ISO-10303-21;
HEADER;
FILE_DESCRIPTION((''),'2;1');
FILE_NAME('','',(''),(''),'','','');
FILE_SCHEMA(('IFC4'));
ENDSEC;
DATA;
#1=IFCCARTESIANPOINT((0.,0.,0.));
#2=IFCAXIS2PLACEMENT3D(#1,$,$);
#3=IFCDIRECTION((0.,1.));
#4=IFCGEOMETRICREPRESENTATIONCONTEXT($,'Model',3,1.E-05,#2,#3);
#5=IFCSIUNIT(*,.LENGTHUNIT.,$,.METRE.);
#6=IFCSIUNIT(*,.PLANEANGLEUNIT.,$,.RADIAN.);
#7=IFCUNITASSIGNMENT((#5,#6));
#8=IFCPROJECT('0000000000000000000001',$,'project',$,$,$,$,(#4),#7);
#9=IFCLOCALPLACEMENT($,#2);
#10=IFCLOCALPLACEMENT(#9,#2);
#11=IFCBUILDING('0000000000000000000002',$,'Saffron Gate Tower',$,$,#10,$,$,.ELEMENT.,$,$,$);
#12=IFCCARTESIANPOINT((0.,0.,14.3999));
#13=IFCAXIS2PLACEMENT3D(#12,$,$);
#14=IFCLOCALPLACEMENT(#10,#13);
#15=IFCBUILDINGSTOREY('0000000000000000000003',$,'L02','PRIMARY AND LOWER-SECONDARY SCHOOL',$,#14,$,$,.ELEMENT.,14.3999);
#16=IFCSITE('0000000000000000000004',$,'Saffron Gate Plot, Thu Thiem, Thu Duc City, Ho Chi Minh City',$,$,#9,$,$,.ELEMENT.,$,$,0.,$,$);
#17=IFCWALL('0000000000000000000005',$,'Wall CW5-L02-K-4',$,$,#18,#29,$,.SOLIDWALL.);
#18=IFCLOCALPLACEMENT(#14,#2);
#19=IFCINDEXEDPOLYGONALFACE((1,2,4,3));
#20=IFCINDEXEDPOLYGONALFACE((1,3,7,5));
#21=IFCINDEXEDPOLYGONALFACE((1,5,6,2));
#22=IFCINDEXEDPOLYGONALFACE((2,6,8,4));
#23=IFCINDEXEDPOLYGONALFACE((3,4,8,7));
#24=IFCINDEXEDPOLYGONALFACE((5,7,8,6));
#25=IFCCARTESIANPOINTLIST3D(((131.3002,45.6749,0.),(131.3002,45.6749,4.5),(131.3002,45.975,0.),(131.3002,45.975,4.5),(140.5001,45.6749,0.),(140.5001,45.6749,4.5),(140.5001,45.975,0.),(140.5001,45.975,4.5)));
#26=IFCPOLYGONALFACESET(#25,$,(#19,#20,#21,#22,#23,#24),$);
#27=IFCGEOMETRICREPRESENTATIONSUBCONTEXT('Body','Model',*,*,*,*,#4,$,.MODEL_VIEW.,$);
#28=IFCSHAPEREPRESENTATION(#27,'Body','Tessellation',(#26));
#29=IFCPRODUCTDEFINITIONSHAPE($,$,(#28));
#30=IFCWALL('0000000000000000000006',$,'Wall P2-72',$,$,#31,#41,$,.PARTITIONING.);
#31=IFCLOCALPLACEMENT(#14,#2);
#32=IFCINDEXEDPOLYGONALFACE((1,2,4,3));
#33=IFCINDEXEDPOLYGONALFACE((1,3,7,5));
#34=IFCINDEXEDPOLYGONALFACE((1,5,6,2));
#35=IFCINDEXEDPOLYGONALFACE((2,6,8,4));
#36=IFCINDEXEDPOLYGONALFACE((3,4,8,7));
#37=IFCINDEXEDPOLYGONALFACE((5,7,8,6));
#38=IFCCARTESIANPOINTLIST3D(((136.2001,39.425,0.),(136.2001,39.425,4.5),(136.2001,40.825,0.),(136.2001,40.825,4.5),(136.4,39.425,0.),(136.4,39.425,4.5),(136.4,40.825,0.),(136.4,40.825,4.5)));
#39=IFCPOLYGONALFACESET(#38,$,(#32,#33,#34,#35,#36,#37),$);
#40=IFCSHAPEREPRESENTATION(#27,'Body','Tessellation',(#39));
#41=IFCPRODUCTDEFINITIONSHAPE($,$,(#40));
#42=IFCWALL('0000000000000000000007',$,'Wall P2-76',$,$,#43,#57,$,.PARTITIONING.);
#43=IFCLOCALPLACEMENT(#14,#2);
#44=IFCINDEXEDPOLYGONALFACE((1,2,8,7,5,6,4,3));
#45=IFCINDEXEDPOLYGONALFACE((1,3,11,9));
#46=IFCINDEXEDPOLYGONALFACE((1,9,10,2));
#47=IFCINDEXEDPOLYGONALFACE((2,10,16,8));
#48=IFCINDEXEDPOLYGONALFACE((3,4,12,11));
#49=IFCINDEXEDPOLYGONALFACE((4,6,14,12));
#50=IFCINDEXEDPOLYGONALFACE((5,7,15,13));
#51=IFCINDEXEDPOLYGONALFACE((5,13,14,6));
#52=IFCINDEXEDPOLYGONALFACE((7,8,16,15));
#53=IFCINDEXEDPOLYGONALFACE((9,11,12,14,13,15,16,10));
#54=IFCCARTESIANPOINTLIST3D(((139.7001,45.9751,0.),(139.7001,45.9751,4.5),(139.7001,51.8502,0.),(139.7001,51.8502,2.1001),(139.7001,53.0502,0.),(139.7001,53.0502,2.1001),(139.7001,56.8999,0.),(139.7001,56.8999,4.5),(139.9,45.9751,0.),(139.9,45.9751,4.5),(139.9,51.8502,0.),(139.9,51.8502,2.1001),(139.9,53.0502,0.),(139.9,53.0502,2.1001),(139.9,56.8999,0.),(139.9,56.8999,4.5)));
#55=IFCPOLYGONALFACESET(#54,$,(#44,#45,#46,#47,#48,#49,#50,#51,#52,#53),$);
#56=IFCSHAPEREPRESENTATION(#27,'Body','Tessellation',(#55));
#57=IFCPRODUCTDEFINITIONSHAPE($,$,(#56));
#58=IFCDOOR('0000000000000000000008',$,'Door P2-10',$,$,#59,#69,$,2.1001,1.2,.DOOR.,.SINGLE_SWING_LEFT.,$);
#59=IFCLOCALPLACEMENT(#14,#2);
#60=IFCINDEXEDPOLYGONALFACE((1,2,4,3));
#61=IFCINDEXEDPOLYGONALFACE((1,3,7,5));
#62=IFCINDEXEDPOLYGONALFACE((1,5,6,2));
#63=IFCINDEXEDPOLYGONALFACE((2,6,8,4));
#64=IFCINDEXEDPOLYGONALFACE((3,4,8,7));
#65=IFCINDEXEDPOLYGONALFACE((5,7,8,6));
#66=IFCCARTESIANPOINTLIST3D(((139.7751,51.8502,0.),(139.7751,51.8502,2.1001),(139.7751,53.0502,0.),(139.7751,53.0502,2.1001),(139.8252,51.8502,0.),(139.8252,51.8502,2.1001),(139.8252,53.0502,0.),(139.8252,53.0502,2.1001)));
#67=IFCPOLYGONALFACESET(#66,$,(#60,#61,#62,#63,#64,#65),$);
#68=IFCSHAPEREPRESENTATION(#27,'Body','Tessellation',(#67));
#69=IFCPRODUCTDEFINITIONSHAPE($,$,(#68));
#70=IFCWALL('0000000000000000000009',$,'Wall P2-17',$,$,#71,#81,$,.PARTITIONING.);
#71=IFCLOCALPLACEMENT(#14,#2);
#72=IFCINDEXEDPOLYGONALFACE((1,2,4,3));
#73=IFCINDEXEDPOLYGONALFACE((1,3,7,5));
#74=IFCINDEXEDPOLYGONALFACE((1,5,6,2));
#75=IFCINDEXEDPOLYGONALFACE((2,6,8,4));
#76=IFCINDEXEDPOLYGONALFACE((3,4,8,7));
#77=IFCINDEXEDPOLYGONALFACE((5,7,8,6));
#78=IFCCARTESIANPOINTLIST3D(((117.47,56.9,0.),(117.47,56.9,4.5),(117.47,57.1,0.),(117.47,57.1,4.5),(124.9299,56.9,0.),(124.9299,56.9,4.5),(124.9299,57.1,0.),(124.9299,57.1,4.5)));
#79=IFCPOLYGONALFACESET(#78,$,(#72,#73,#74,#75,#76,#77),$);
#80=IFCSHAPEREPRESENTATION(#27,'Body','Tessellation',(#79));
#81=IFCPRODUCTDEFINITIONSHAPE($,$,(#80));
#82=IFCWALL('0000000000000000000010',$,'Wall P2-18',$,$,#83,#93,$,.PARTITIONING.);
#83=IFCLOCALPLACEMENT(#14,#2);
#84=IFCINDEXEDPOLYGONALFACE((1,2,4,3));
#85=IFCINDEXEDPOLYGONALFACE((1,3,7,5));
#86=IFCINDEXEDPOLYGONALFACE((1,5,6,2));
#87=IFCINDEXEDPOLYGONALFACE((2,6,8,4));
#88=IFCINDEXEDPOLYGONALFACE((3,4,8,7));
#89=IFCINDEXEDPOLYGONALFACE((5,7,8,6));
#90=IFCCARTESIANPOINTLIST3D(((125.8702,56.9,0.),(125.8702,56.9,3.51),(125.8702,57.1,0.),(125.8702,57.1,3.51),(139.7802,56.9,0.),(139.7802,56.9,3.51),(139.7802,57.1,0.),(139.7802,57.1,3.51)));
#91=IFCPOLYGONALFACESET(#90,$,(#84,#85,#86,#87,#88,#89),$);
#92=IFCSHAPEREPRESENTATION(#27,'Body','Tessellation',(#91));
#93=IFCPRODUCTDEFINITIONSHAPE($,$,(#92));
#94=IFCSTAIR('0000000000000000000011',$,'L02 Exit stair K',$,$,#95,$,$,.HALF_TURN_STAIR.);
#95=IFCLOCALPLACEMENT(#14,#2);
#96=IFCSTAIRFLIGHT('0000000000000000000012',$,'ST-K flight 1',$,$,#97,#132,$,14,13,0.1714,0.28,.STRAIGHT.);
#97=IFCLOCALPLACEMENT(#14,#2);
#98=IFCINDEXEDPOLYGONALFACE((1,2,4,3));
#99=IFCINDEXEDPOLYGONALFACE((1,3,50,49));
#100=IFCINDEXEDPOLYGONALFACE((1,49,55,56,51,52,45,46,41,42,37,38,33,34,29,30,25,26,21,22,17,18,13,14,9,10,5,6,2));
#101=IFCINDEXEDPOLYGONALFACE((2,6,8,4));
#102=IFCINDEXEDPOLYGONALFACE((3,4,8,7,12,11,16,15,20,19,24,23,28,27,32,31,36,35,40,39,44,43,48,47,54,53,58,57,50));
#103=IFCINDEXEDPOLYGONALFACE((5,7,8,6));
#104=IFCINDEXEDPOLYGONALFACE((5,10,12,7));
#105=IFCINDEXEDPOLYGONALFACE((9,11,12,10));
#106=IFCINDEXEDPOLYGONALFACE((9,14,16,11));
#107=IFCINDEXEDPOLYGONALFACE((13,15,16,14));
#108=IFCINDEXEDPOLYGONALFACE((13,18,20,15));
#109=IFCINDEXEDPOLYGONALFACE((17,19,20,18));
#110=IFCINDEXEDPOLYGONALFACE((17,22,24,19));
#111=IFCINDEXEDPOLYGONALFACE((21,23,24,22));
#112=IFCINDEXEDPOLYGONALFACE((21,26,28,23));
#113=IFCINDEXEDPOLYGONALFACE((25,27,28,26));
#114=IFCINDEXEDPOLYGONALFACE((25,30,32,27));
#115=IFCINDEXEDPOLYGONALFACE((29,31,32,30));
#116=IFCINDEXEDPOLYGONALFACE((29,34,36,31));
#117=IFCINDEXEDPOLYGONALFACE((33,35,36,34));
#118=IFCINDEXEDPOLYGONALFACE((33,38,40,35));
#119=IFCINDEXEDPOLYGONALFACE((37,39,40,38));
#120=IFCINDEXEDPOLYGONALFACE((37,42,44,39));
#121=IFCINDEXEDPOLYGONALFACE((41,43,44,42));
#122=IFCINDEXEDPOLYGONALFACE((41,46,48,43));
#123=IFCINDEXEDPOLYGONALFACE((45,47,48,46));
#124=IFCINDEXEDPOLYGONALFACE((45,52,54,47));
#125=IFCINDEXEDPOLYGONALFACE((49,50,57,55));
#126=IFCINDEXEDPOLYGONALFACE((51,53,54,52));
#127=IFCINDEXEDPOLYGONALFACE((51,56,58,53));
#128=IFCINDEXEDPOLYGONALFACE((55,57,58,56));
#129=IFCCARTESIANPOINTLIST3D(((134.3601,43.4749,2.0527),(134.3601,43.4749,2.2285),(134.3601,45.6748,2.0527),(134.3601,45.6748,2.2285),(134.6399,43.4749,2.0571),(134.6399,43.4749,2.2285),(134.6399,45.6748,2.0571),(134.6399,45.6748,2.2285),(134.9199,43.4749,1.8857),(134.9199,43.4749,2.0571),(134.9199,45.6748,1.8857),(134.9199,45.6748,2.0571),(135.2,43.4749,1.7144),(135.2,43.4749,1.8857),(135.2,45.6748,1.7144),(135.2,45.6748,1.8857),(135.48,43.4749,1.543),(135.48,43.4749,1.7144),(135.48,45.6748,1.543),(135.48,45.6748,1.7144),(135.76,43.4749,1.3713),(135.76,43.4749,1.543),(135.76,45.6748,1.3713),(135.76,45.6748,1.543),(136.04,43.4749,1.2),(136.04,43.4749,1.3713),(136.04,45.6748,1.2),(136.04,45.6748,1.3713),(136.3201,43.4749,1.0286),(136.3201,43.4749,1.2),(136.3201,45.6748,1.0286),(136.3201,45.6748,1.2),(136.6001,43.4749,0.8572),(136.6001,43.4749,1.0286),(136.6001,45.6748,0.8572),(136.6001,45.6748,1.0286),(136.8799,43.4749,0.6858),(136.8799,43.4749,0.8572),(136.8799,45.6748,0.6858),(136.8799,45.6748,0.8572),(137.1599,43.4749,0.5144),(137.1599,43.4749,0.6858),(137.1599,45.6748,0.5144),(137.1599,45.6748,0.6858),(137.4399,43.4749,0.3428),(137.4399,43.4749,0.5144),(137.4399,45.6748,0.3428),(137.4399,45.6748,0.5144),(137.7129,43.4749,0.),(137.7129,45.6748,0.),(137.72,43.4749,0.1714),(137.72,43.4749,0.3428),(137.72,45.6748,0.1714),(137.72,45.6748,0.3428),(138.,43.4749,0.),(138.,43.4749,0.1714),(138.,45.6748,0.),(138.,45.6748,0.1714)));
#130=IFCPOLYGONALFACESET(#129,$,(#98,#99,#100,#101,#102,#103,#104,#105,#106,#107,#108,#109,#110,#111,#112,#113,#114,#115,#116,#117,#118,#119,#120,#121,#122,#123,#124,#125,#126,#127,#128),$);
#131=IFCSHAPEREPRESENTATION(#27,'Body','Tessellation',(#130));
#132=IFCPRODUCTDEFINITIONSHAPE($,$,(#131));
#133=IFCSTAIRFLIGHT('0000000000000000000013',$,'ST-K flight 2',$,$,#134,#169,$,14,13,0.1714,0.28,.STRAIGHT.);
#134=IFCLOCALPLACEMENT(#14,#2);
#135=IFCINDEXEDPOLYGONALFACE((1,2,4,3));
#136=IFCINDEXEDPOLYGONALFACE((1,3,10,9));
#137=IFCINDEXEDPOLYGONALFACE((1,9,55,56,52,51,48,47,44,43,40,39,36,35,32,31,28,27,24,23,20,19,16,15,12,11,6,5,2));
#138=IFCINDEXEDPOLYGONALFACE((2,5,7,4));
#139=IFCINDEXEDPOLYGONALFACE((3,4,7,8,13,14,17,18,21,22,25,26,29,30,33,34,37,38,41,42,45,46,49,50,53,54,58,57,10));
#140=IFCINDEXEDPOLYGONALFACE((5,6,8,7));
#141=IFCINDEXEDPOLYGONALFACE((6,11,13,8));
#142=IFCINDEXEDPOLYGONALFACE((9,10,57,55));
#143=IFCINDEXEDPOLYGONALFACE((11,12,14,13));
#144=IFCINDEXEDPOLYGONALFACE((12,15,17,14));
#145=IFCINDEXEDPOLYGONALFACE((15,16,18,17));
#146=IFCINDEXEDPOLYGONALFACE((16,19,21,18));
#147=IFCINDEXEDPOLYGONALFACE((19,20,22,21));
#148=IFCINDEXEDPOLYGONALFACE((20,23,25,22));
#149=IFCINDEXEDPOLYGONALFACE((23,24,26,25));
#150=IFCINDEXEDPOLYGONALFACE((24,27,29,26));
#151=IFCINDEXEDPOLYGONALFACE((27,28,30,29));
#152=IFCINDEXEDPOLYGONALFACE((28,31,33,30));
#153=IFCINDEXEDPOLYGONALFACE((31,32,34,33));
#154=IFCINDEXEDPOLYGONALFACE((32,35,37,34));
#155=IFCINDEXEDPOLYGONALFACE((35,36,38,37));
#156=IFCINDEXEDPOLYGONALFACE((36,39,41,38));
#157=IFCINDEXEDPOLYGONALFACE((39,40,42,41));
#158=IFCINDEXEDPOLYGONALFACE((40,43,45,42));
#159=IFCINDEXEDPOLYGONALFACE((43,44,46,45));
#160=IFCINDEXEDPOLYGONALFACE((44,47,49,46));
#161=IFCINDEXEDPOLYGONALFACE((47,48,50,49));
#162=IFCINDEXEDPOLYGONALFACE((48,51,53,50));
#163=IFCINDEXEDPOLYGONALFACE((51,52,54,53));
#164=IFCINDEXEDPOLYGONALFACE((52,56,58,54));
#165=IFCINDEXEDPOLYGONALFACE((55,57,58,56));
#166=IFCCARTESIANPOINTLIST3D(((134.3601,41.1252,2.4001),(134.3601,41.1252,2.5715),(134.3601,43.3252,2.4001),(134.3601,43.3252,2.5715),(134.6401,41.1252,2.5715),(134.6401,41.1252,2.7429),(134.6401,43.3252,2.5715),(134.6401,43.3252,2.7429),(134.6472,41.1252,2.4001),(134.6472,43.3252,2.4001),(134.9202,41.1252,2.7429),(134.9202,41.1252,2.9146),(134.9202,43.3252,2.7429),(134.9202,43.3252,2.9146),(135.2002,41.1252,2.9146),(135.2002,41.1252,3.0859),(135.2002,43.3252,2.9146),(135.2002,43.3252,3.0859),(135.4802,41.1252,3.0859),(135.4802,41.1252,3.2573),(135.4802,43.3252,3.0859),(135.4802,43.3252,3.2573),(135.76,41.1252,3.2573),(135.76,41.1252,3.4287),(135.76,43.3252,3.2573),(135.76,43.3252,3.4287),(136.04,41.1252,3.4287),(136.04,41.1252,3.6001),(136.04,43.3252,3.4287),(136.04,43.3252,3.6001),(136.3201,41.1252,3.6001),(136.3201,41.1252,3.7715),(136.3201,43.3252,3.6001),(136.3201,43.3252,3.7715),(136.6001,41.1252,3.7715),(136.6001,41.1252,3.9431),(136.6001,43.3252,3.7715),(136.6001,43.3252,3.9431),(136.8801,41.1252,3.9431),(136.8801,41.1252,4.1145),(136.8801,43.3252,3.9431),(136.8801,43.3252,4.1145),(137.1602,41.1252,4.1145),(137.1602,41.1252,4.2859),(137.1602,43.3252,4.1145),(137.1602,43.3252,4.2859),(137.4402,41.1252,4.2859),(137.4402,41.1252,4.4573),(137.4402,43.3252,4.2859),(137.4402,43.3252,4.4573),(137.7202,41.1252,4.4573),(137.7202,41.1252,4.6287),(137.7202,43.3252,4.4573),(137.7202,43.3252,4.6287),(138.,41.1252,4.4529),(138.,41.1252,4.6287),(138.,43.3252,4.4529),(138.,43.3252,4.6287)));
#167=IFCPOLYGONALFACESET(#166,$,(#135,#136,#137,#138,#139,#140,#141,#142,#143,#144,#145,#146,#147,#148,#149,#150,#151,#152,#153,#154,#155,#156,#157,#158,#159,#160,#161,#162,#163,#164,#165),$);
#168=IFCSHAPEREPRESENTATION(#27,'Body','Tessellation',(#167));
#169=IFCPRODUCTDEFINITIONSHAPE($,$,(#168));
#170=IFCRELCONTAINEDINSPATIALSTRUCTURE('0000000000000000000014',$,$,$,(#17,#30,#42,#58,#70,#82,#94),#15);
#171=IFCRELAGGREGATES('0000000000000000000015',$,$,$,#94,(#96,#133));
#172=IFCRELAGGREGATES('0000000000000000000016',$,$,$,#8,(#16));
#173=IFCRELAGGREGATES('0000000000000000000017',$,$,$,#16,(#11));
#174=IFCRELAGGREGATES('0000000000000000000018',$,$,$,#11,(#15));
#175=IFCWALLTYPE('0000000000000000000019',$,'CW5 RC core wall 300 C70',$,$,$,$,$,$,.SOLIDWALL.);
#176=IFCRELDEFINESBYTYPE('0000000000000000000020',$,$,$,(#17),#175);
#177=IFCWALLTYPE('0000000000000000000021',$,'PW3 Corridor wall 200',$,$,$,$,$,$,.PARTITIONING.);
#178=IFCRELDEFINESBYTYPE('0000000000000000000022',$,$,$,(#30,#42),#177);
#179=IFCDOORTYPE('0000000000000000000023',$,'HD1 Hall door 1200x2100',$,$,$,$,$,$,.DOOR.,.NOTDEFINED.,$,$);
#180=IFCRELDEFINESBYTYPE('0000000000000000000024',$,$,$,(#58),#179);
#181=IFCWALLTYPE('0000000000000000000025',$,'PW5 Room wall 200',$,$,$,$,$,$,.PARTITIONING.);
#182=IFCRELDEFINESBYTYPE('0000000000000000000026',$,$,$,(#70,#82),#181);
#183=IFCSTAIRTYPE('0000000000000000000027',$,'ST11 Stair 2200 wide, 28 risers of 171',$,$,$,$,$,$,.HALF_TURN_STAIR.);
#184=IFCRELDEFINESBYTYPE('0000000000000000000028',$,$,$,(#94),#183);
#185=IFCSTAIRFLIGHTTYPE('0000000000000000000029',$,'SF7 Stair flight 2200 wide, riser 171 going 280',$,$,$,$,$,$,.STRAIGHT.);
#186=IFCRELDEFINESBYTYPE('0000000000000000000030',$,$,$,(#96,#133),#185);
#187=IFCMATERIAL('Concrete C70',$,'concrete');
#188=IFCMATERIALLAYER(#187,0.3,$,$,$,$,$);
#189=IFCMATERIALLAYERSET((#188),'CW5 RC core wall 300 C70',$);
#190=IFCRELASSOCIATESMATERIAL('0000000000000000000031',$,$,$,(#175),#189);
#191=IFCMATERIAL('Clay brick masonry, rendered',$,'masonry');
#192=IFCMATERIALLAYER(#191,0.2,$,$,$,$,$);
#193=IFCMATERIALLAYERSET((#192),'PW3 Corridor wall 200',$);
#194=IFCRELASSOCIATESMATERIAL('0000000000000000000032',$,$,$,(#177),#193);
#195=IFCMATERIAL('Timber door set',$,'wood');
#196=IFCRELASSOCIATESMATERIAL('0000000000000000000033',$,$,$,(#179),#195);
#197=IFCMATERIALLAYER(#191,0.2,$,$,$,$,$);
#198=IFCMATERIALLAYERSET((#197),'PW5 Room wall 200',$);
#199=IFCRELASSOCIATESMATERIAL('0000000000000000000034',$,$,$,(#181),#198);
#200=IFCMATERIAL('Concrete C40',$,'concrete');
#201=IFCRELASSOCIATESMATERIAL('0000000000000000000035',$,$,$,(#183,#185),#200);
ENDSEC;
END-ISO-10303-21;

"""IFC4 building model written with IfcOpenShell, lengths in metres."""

from ifc_helpers import new_model, si_unit, direction, frame, frame_2d, origin, place, context, subcontext, project, spatial, polyline, rectangle, outline, extrude, material, layer, layer_set, type_object, element, fill, aggregate, save


model = new_model("IFC4")

# Units and contexts
model_context = context("Model", 3, precision=1e-05, world=origin(), true_north=direction((0.0, 1.0)))
body_context = subcontext(model_context, "Body", "Model", "MODEL_VIEW")
ifc_project = project(units=[si_unit("LENGTHUNIT", "METRE"), si_unit("PLANEANGLEUNIT", "RADIAN")], contexts=[model_context])

# Site, building, storey
site_placement = place(None, origin())
site = spatial("IfcSite", under=ifc_project, at=site_placement, Name="Saffron Gate Plot, Thu Thiem, Thu Duc City, Ho Chi Minh City", CompositionType="ELEMENT", RefElevation=0.0)
building_placement = place(site_placement, origin())
building = spatial("IfcBuilding", under=site, at=building_placement, Name="Saffron Gate Tower", CompositionType="ELEMENT")
storey_placement = place(building_placement, frame((0.0, 0.0, 14.3999)))
storey = spatial("IfcBuildingStorey", under=building, at=storey_placement, Name="L02", Description="PRIMARY AND LOWER-SECONDARY SCHOOL", CompositionType="ELEMENT", Elevation=14.3999)

# Shared definitions
ifc_material_1 = material(Name="Concrete C70", Category="concrete")
ifc_layer_1 = layer(ifc_material_1, 0.3)
ifc_layer_set_1 = layer_set([ifc_layer_1], Name="CW5 RC core wall 300 C70")
wall_type_1 = type_object("IfcWallType", Name="CW5 RC core wall 300 C70", PredefinedType="SOLIDWALL", material=ifc_layer_set_1)

# Walls
wall_1_placement = place(storey_placement, frame((131.3, 45.825, 0.0), z_axis=(0.0, 0.0, 1.0), x_axis=(1.0, 0.0, 0.0)))
element("IfcWall", 1, at=wall_1_placement, inside=storey, type_object=wall_type_1, Name="Wall CW5-L02-K-4", PredefinedType="SOLIDWALL", context=body_context, shape_type="SweptSolid", body=[
    extrude(rectangle(XDim=9.2, YDim=0.3, at=frame_2d((4.6001, 0.0))), origin(), (0.0, 0.0, 1.0), 4.5),
])
ifc_material_2 = material(Name="Clay brick masonry, rendered", Category="masonry")
ifc_layer_2 = layer(ifc_material_2, 0.2)
ifc_layer_set_2 = layer_set([ifc_layer_2], Name="PW3 Corridor wall 200")
wall_type_2 = type_object("IfcWallType", Name="PW3 Corridor wall 200", PredefinedType="PARTITIONING", material=ifc_layer_set_2)
wall_2_placement = place(storey_placement, frame((136.3, 40.825, 0.0), z_axis=(0.0, 0.0, 1.0), x_axis=(0.0, -1.0, 0.0)))
element("IfcWall", 2, at=wall_2_placement, inside=storey, type_object=wall_type_2, Name="Wall P2-72", PredefinedType="PARTITIONING", context=body_context, shape_type="SweptSolid", body=[
    extrude(rectangle(XDim=1.3999, YDim=0.2, at=frame_2d((0.7, 0.0))), origin(), (0.0, 0.0, 1.0), 4.5),
])

# Wall, opening, door
wall_3_placement = place(storey_placement, frame((139.8, 45.9751, 0.0), z_axis=(0.0, 0.0, 1.0), x_axis=(0.0, 1.0, 0.0)))
wall_3 = element("IfcWall", 3, at=wall_3_placement, inside=storey, type_object=wall_type_2, Name="Wall P2-76", PredefinedType="PARTITIONING", context=body_context, shape_type="SweptSolid", body=[
    extrude(rectangle(XDim=10.9248, YDim=0.2, at=frame_2d((5.4624, 0.0))), origin(), (0.0, 0.0, 1.0), 4.5),
])
opening_1_placement = place(wall_3_placement, frame((5.875, 0.0, 0.0)))
opening_1 = element("IfcOpeningElement", 4, at=opening_1_placement, cuts=wall_3, PredefinedType="OPENING", context=body_context, shape_type="SweptSolid", body=[
    extrude(rectangle(XDim=1.2, YDim=2.1001, at=frame_2d((0.6001, 1.05))), frame((0.0, 0.1099, 0.0), z_axis=(0.0, -1.0, 0.0), x_axis=(1.0, 0.0, 0.0)), (0.0, 0.0, 1.0), 0.22),
])
ifc_material_3 = material(Name="Timber door set", Category="wood")
door_type_1 = type_object("IfcDoorType", Name="HD1 Hall door 1200x2100", OperationType="NOTDEFINED", PredefinedType="DOOR", material=ifc_material_3)
door_1_placement = place(opening_1_placement, origin())
door_1 = element("IfcDoor", 5, at=door_1_placement, inside=storey, type_object=door_type_1, Name="Door P2-10", OperationType="SINGLE_SWING_LEFT", OverallHeight=2.1001, OverallWidth=1.2, PredefinedType="DOOR", context=body_context, shape_type="SweptSolid", body=[
    extrude(rectangle(XDim=1.2, YDim=2.1001, at=frame_2d((0.6001, 1.05))), frame((0.0, 0.0249, 0.0), z_axis=(0.0, -1.0, 0.0), x_axis=(1.0, 0.0, 0.0)), (0.0, 0.0, 1.0), 0.05),
])
fill(opening_1, door_1)

# Walls
ifc_layer_3 = layer(ifc_material_2, 0.2)
ifc_layer_set_3 = layer_set([ifc_layer_3], Name="PW5 Room wall 200")
wall_type_3 = type_object("IfcWallType", Name="PW5 Room wall 200", PredefinedType="PARTITIONING", material=ifc_layer_set_3)
wall_4_placement = place(storey_placement, frame((117.47, 57.0, 0.0), z_axis=(0.0, 0.0, 1.0), x_axis=(1.0, 0.0, 0.0)))
element("IfcWall", 6, at=wall_4_placement, inside=storey, type_object=wall_type_3, Name="Wall P2-17", PredefinedType="PARTITIONING", context=body_context, shape_type="SweptSolid", body=[
    extrude(rectangle(XDim=7.46, YDim=0.2, at=frame_2d((3.73, 0.0))), origin(), (0.0, 0.0, 1.0), 4.5),
])
wall_5_placement = place(storey_placement, frame((125.8701, 57.0, 0.0), z_axis=(0.0, 0.0, 1.0), x_axis=(1.0, 0.0, 0.0)))
element("IfcWall", 7, at=wall_5_placement, inside=storey, type_object=wall_type_3, Name="Wall P2-18", PredefinedType="PARTITIONING", context=body_context, shape_type="SweptSolid", body=[
    extrude(rectangle(XDim=13.9099, YDim=0.2, at=frame_2d((6.9551, 0.0))), origin(), (0.0, 0.0, 1.0), 3.51),
])

# Stair, stair flights
ifc_material_4 = material(Name="Concrete C40", Category="concrete")
stair_type = type_object("IfcStairType", Name="ST11 Stair 2200 wide, 28 risers of 171", PredefinedType="HALF_TURN_STAIR", material=ifc_material_4)
stair_placement = place(storey_placement, origin())
stair = element("IfcStair", 8, at=stair_placement, inside=storey, type_object=stair_type, Name="L02 Exit stair K", PredefinedType="HALF_TURN_STAIR")
stair_flight_type = type_object("IfcStairFlightType", Name="SF7 Stair flight 2200 wide, riser 171 going 280", PredefinedType="STRAIGHT", material=ifc_material_4)
stair_flight_1_placement = place(storey_placement, frame((138.0, 44.575, 0.0), z_axis=(0.0, 0.0, 1.0), x_axis=(-1.0, 0.0, 0.0)))
stair_flight_1 = element("IfcStairFlight", 9, at=stair_flight_1_placement, type_object=stair_flight_type, Name="ST-K flight 1", NumberOfRisers=14, NumberOfTreads=13, PredefinedType="STRAIGHT", RiserHeight=0.1714, TreadLength=0.28, context=body_context, shape_type="SweptSolid", body=[
    extrude(outline(polyline([(0.0, 0.0), (0.0, 0.1714), (0.28, 0.1714), (0.28, 0.3428), (0.5601, 0.3428), (0.5601, 0.5144), (0.8401, 0.5144), (0.8401, 0.6858), (1.1201, 0.6858), (1.1201, 0.8572), (1.3999, 0.8572), (1.3999, 1.0286), (1.6799, 1.0286), (1.6799, 1.2), (1.96, 1.2), (1.96, 1.3713), (2.24, 1.3713), (2.24, 1.543), (2.52, 1.543), (2.52, 1.7144), (2.8, 1.7144), (2.8, 1.8857), (3.0801, 1.8857), (3.0801, 2.0571), (3.3601, 2.0571), (3.3601, 2.2285), (3.6399, 2.2285), (3.6399, 2.3999), (3.6399, 2.0527), (0.2871, 0.0), (0.0, 0.0)])), frame((0.0, 1.1001, 0.0), z_axis=(0.0, -1.0, 0.0), x_axis=(1.0, 0.0, 0.0)), (0.0, 0.0, 1.0), 2.2),
])
stair_flight_2_placement = place(storey_placement, frame((134.3601, 42.2251, 2.4001), z_axis=(0.0, 0.0, 1.0), x_axis=(1.0, 0.0, 0.0)))
stair_flight_2 = element("IfcStairFlight", 10, at=stair_flight_2_placement, type_object=stair_flight_type, Name="ST-K flight 2", NumberOfRisers=14, NumberOfTreads=13, PredefinedType="STRAIGHT", RiserHeight=0.1714, TreadLength=0.28, context=body_context, shape_type="SweptSolid", body=[
    extrude(outline(polyline([(0.0, 0.0), (0.0, 0.1714), (0.28, 0.1714), (0.28, 0.3428), (0.5601, 0.3428), (0.5601, 0.5144), (0.8401, 0.5144), (0.8401, 0.6858), (1.1201, 0.6858), (1.1201, 0.8572), (1.3999, 0.8572), (1.3999, 1.0286), (1.6799, 1.0286), (1.6799, 1.2), (1.96, 1.2), (1.96, 1.3713), (2.24, 1.3713), (2.24, 1.543), (2.52, 1.543), (2.52, 1.7144), (2.8, 1.7144), (2.8, 1.8857), (3.0801, 1.8857), (3.0801, 2.0571), (3.3601, 2.0571), (3.3601, 2.2285), (3.6399, 2.2285), (3.6399, 2.3999), (3.6399, 2.0527), (0.2871, 0.0), (0.0, 0.0)])), frame((0.0, 1.1001, 0.0), z_axis=(0.0, -1.0, 0.0), x_axis=(1.0, 0.0, 0.0)), (0.0, 0.0, 1.0), 2.2),
])
aggregate(stair, [stair_flight_1, stair_flight_2])

save(model, "model.ifc")
